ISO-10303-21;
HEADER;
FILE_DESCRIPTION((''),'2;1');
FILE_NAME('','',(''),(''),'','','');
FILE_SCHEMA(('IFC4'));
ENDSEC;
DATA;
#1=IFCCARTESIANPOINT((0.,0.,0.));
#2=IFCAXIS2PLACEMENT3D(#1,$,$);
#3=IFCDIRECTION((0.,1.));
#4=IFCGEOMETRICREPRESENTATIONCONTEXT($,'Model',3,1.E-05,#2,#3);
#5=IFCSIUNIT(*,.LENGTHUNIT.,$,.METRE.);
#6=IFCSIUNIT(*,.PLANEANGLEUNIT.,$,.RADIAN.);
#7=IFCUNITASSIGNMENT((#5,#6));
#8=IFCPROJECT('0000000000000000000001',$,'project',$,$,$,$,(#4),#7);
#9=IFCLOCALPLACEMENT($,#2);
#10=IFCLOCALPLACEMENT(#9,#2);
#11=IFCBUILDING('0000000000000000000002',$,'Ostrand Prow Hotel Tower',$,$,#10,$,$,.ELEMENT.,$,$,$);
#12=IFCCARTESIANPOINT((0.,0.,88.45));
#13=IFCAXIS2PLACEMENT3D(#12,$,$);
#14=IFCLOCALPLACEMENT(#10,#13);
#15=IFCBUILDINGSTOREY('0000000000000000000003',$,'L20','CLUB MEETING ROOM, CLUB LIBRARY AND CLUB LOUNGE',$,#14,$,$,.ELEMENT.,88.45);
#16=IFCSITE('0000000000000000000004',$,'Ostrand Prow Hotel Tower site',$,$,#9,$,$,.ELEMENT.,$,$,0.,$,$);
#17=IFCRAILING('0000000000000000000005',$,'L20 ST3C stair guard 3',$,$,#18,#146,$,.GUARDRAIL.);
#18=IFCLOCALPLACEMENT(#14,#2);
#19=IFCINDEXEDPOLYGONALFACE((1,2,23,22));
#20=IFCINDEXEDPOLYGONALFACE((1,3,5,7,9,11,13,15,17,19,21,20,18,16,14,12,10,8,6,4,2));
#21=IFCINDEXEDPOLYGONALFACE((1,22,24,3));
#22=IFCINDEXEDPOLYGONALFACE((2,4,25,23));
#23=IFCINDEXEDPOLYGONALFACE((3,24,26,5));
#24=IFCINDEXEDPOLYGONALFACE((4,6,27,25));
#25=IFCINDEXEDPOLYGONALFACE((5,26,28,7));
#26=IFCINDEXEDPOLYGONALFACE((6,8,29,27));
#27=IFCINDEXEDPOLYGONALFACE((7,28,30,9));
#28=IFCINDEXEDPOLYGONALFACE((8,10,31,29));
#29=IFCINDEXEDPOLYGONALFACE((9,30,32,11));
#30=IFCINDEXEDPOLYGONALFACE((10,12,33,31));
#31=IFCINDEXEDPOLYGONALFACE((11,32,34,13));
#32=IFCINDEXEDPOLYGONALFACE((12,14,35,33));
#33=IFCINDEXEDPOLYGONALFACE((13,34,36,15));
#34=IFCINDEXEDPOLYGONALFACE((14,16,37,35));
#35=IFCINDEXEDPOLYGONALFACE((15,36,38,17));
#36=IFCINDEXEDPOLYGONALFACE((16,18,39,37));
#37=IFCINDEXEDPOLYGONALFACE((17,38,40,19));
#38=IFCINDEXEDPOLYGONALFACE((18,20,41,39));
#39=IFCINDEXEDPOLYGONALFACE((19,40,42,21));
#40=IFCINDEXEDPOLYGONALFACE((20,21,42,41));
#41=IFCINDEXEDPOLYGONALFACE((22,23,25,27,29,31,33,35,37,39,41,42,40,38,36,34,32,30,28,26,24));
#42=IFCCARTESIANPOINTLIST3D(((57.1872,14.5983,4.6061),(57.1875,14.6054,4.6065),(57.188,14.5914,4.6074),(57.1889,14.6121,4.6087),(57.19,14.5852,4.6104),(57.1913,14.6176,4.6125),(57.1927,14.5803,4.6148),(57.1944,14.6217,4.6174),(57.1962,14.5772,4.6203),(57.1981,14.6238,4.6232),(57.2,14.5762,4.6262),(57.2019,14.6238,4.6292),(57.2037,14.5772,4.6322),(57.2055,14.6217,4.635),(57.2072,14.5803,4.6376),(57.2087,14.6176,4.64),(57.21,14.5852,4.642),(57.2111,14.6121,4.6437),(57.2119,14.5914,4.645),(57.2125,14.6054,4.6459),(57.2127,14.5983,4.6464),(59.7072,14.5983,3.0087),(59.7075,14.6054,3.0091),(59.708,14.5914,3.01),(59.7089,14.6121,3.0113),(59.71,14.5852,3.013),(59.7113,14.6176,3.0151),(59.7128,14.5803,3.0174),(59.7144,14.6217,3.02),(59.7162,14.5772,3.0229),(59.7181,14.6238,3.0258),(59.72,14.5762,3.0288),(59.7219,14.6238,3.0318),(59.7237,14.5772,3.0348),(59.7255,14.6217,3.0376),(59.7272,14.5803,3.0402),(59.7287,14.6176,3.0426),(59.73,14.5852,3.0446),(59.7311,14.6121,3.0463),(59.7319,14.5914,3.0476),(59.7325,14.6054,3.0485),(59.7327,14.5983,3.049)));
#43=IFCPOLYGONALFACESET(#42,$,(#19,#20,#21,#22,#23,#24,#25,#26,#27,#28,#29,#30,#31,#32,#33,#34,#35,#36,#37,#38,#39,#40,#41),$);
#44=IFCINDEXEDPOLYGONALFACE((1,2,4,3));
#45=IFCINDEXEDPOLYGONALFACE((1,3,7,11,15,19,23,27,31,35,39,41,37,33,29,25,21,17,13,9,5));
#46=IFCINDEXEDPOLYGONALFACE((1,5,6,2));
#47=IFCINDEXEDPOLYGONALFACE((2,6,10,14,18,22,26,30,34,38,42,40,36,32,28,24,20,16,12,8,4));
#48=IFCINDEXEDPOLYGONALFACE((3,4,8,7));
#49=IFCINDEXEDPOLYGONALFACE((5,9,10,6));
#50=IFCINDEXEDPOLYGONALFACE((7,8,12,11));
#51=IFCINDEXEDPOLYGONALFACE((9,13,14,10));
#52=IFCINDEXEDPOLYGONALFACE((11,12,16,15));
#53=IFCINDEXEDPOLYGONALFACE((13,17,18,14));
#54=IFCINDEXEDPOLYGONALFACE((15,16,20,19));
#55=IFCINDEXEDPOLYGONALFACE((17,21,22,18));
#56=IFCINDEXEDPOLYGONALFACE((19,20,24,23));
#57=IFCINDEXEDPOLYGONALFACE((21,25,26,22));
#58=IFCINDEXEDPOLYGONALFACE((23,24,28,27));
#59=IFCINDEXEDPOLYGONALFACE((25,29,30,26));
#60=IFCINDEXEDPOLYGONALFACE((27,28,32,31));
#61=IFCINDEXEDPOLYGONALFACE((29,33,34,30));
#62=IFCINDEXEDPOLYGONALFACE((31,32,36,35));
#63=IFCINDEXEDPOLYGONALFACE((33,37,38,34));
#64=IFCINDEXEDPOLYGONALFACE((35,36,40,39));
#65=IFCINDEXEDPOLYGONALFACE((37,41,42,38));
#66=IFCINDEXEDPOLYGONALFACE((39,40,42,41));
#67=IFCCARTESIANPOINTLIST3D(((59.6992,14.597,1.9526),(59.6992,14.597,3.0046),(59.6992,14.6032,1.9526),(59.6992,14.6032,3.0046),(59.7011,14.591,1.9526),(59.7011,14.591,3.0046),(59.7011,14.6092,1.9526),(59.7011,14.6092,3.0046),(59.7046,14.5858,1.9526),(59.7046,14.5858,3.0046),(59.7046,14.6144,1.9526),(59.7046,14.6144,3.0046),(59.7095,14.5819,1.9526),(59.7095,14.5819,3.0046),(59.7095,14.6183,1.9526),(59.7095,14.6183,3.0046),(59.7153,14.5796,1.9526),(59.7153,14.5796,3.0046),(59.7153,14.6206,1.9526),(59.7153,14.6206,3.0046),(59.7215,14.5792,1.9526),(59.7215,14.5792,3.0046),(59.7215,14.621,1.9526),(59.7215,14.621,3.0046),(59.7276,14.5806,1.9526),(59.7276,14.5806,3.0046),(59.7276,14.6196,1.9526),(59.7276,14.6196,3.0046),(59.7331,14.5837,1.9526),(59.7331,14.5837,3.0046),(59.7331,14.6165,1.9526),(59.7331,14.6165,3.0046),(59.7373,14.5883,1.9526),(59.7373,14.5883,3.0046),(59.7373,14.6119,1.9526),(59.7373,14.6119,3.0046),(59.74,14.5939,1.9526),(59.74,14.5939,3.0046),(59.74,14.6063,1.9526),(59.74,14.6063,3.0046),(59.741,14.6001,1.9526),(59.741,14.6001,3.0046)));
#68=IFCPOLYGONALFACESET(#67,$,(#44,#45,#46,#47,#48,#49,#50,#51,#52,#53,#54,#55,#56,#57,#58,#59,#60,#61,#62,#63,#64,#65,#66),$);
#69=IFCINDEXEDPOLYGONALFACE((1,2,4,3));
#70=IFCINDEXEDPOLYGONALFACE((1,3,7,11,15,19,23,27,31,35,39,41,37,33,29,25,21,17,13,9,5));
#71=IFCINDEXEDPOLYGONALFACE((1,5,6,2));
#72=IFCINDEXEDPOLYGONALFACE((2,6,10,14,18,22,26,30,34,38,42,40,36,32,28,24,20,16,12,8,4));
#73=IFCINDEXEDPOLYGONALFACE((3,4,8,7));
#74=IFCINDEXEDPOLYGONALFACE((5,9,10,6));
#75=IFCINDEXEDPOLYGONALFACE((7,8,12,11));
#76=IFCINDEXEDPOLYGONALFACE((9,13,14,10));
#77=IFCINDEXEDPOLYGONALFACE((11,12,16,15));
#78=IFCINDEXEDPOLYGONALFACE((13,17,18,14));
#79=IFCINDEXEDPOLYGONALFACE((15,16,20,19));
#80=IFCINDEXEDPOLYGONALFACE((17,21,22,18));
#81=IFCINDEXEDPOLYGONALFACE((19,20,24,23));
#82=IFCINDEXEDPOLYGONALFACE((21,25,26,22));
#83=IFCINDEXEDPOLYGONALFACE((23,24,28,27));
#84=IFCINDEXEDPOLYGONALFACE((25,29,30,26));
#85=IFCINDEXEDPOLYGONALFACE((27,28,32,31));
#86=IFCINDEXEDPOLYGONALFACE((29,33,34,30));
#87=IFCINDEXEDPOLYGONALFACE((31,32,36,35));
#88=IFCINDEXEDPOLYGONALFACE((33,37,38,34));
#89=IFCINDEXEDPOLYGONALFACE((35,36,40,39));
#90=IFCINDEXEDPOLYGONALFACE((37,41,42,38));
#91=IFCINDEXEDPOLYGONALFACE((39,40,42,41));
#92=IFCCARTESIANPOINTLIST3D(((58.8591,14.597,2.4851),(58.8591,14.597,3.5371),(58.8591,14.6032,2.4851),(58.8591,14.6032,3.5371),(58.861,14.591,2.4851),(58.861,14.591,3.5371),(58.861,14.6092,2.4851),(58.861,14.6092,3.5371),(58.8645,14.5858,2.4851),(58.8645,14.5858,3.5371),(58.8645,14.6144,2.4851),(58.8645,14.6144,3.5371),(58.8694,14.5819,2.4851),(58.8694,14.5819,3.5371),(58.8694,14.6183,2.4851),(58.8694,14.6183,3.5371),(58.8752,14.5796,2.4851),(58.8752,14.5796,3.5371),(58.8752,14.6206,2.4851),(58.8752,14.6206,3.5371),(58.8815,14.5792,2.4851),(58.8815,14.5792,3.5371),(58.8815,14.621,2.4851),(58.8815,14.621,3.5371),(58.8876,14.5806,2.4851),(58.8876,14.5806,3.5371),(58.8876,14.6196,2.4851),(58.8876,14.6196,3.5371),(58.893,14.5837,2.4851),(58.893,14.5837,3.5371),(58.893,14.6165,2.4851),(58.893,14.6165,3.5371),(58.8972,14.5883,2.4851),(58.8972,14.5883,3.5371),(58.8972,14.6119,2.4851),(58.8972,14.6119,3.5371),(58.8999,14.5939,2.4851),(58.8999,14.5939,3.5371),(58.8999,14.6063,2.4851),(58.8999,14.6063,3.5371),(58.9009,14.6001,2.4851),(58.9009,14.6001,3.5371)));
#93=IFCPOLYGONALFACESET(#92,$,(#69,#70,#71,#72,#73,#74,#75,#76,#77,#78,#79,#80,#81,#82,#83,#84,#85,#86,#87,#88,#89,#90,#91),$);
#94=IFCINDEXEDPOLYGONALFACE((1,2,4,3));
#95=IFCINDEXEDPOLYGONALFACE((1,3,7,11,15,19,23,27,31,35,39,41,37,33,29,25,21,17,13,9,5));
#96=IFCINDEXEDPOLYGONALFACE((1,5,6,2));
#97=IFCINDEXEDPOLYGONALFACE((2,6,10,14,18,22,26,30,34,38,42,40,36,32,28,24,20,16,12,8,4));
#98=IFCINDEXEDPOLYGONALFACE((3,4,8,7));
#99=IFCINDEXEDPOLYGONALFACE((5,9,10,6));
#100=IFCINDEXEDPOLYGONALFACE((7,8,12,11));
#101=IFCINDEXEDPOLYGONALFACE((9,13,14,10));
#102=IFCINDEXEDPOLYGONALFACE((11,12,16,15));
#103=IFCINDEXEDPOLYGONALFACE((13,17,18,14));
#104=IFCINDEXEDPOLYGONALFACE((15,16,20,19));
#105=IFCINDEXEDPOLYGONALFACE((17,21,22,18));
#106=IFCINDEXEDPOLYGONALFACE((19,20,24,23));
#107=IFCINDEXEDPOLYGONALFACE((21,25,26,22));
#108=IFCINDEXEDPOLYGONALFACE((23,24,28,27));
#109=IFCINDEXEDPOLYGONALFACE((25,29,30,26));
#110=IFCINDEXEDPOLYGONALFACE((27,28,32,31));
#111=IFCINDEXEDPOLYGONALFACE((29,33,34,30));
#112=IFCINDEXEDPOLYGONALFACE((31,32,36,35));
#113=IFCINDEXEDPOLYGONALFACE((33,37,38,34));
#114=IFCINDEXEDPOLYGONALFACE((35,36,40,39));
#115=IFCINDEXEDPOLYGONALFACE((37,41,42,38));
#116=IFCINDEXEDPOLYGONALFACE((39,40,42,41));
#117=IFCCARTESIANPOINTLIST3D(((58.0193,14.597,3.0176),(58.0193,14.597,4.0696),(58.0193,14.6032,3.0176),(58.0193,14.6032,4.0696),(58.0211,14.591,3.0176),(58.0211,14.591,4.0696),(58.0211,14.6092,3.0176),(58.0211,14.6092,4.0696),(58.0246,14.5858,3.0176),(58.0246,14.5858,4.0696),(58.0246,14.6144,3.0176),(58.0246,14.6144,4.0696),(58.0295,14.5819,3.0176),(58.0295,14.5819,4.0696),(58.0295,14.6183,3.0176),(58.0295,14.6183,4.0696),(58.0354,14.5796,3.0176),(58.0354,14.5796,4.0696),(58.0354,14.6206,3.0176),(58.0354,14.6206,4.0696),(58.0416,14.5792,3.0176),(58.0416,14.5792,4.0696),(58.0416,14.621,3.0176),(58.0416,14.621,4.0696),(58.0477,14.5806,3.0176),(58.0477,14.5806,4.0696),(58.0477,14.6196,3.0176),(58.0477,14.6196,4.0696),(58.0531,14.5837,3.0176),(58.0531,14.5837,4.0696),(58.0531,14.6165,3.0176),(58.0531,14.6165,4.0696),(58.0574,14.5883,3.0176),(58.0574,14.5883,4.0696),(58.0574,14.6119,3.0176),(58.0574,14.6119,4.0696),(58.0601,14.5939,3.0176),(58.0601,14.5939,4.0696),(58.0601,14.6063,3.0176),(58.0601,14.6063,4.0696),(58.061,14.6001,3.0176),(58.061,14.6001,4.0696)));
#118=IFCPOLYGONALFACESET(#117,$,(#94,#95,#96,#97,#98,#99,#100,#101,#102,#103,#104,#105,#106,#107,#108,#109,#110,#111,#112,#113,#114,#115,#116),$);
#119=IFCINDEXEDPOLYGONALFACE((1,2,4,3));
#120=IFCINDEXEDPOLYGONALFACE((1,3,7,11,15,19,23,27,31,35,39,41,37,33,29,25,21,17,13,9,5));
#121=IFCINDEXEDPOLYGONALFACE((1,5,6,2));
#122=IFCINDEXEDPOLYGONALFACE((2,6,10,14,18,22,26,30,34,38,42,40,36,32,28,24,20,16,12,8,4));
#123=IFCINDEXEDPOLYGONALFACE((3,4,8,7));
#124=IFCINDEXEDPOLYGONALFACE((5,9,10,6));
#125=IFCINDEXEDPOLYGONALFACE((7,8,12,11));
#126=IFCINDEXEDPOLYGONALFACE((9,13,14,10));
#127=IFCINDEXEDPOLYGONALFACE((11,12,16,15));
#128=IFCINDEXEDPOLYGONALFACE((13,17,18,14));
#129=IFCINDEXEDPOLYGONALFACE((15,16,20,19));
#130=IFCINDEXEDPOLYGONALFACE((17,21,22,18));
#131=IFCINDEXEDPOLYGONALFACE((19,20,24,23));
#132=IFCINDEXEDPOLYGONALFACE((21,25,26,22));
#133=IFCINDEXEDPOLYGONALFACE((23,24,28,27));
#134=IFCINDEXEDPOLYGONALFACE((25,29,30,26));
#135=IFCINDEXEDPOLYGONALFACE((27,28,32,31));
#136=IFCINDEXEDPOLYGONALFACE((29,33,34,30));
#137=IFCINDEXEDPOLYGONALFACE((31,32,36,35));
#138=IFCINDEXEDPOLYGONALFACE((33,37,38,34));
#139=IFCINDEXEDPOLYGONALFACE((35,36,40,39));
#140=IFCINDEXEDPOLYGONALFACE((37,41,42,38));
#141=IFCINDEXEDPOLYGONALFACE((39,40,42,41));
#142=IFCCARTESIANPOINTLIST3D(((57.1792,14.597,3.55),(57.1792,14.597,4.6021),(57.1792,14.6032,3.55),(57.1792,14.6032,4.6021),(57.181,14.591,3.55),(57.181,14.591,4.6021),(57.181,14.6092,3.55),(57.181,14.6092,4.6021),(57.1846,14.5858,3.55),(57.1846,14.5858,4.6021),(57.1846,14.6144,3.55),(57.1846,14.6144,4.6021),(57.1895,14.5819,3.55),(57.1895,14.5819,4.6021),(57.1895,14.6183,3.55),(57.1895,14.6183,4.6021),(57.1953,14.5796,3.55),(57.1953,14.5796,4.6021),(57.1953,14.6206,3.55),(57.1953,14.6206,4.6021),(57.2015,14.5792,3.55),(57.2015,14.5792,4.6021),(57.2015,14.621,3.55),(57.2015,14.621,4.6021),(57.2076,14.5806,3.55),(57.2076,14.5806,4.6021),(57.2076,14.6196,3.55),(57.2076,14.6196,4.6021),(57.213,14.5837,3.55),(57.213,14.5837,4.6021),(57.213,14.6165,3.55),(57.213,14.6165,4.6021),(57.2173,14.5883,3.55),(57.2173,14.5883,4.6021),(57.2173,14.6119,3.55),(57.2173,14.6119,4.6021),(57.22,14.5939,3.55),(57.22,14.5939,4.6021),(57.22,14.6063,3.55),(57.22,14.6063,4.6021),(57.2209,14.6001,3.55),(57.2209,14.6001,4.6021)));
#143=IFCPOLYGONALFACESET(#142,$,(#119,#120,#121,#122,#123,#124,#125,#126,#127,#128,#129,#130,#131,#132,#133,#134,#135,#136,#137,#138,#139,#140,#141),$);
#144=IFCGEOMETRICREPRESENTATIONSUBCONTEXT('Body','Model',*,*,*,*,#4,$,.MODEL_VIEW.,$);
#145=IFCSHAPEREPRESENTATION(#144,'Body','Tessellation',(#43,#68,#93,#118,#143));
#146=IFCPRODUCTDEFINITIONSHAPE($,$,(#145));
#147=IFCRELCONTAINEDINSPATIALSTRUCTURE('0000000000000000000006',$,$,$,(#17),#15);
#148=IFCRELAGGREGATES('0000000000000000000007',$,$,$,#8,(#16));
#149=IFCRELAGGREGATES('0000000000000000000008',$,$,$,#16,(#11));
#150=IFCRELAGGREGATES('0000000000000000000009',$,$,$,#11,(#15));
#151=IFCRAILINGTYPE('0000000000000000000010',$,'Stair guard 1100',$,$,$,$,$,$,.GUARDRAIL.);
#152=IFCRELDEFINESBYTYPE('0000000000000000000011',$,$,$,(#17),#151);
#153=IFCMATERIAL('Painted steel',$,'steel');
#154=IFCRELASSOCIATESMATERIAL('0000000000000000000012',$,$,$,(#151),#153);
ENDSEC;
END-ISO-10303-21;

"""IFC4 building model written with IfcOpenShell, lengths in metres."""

from ifc_helpers import new_model, si_unit, direction, frame, origin, origin_2d, place, context, subcontext, project, spatial, circle, extrude, material, type_object, element, save


model = new_model("IFC4")

# Units and contexts
model_context = context("Model", 3, precision=1e-05, world=origin(), true_north=direction((0.0, 1.0)))
body_context = subcontext(model_context, "Body", "Model", "MODEL_VIEW")
ifc_project = project(units=[si_unit("LENGTHUNIT", "METRE"), si_unit("PLANEANGLEUNIT", "RADIAN")], contexts=[model_context])

# Site, building, storey
site_placement = place(None, origin())
site = spatial("IfcSite", under=ifc_project, at=site_placement, Name="Ostrand Prow Hotel Tower site", CompositionType="ELEMENT", RefElevation=0.0)
building_placement = place(site_placement, origin())
building = spatial("IfcBuilding", under=site, at=building_placement, Name="Ostrand Prow Hotel Tower", CompositionType="ELEMENT")
storey_placement = place(building_placement, frame((0.0, 0.0, 88.45)))
storey = spatial("IfcBuildingStorey", under=building, at=storey_placement, Name="L20", Description="CLUB MEETING ROOM, CLUB LIBRARY AND CLUB LOUNGE", CompositionType="ELEMENT", Elevation=88.45)

# Railing
ifc_material_1 = material(Name="Painted steel", Category="steel")
railing_type_1 = type_object("IfcRailingType", Name="Stair guard 1100", PredefinedType="GUARDRAIL", material=ifc_material_1)
railing_1_placement = place(storey_placement, frame((59.72, 14.6001, 1.9526)))
element("IfcRailing", 1, at=railing_1_placement, inside=storey, type_object=railing_type_1, Name="L20 ST3C stair guard 3", PredefinedType="GUARDRAIL", context=body_context, shape_type="SweptSolid", body=[
    extrude(circle(Radius=0.0239, at=origin_2d()), frame((0.0, 0.0, 1.0762), z_axis=(-0.844607, 0.0, 0.535387), x_axis=(0.0, -1.0, 0.0)), (0.0, 0.0, 1.0), 2.9836),
    extrude(circle(Radius=0.021, at=origin_2d()), origin(), (0.0, 0.0, 1.0), 1.052),
    extrude(circle(Radius=0.021, at=origin_2d()), frame((-0.8401, 0.0, 0.5325)), (0.0, 0.0, 1.0), 1.052),
    extrude(circle(Radius=0.021, at=origin_2d()), frame((-1.6799, 0.0, 1.0649)), (0.0, 0.0, 1.0), 1.052),
    extrude(circle(Radius=0.021, at=origin_2d()), frame((-2.52, 0.0, 1.5974)), (0.0, 0.0, 1.0), 1.052),
])

save(model, "model.ifc")
